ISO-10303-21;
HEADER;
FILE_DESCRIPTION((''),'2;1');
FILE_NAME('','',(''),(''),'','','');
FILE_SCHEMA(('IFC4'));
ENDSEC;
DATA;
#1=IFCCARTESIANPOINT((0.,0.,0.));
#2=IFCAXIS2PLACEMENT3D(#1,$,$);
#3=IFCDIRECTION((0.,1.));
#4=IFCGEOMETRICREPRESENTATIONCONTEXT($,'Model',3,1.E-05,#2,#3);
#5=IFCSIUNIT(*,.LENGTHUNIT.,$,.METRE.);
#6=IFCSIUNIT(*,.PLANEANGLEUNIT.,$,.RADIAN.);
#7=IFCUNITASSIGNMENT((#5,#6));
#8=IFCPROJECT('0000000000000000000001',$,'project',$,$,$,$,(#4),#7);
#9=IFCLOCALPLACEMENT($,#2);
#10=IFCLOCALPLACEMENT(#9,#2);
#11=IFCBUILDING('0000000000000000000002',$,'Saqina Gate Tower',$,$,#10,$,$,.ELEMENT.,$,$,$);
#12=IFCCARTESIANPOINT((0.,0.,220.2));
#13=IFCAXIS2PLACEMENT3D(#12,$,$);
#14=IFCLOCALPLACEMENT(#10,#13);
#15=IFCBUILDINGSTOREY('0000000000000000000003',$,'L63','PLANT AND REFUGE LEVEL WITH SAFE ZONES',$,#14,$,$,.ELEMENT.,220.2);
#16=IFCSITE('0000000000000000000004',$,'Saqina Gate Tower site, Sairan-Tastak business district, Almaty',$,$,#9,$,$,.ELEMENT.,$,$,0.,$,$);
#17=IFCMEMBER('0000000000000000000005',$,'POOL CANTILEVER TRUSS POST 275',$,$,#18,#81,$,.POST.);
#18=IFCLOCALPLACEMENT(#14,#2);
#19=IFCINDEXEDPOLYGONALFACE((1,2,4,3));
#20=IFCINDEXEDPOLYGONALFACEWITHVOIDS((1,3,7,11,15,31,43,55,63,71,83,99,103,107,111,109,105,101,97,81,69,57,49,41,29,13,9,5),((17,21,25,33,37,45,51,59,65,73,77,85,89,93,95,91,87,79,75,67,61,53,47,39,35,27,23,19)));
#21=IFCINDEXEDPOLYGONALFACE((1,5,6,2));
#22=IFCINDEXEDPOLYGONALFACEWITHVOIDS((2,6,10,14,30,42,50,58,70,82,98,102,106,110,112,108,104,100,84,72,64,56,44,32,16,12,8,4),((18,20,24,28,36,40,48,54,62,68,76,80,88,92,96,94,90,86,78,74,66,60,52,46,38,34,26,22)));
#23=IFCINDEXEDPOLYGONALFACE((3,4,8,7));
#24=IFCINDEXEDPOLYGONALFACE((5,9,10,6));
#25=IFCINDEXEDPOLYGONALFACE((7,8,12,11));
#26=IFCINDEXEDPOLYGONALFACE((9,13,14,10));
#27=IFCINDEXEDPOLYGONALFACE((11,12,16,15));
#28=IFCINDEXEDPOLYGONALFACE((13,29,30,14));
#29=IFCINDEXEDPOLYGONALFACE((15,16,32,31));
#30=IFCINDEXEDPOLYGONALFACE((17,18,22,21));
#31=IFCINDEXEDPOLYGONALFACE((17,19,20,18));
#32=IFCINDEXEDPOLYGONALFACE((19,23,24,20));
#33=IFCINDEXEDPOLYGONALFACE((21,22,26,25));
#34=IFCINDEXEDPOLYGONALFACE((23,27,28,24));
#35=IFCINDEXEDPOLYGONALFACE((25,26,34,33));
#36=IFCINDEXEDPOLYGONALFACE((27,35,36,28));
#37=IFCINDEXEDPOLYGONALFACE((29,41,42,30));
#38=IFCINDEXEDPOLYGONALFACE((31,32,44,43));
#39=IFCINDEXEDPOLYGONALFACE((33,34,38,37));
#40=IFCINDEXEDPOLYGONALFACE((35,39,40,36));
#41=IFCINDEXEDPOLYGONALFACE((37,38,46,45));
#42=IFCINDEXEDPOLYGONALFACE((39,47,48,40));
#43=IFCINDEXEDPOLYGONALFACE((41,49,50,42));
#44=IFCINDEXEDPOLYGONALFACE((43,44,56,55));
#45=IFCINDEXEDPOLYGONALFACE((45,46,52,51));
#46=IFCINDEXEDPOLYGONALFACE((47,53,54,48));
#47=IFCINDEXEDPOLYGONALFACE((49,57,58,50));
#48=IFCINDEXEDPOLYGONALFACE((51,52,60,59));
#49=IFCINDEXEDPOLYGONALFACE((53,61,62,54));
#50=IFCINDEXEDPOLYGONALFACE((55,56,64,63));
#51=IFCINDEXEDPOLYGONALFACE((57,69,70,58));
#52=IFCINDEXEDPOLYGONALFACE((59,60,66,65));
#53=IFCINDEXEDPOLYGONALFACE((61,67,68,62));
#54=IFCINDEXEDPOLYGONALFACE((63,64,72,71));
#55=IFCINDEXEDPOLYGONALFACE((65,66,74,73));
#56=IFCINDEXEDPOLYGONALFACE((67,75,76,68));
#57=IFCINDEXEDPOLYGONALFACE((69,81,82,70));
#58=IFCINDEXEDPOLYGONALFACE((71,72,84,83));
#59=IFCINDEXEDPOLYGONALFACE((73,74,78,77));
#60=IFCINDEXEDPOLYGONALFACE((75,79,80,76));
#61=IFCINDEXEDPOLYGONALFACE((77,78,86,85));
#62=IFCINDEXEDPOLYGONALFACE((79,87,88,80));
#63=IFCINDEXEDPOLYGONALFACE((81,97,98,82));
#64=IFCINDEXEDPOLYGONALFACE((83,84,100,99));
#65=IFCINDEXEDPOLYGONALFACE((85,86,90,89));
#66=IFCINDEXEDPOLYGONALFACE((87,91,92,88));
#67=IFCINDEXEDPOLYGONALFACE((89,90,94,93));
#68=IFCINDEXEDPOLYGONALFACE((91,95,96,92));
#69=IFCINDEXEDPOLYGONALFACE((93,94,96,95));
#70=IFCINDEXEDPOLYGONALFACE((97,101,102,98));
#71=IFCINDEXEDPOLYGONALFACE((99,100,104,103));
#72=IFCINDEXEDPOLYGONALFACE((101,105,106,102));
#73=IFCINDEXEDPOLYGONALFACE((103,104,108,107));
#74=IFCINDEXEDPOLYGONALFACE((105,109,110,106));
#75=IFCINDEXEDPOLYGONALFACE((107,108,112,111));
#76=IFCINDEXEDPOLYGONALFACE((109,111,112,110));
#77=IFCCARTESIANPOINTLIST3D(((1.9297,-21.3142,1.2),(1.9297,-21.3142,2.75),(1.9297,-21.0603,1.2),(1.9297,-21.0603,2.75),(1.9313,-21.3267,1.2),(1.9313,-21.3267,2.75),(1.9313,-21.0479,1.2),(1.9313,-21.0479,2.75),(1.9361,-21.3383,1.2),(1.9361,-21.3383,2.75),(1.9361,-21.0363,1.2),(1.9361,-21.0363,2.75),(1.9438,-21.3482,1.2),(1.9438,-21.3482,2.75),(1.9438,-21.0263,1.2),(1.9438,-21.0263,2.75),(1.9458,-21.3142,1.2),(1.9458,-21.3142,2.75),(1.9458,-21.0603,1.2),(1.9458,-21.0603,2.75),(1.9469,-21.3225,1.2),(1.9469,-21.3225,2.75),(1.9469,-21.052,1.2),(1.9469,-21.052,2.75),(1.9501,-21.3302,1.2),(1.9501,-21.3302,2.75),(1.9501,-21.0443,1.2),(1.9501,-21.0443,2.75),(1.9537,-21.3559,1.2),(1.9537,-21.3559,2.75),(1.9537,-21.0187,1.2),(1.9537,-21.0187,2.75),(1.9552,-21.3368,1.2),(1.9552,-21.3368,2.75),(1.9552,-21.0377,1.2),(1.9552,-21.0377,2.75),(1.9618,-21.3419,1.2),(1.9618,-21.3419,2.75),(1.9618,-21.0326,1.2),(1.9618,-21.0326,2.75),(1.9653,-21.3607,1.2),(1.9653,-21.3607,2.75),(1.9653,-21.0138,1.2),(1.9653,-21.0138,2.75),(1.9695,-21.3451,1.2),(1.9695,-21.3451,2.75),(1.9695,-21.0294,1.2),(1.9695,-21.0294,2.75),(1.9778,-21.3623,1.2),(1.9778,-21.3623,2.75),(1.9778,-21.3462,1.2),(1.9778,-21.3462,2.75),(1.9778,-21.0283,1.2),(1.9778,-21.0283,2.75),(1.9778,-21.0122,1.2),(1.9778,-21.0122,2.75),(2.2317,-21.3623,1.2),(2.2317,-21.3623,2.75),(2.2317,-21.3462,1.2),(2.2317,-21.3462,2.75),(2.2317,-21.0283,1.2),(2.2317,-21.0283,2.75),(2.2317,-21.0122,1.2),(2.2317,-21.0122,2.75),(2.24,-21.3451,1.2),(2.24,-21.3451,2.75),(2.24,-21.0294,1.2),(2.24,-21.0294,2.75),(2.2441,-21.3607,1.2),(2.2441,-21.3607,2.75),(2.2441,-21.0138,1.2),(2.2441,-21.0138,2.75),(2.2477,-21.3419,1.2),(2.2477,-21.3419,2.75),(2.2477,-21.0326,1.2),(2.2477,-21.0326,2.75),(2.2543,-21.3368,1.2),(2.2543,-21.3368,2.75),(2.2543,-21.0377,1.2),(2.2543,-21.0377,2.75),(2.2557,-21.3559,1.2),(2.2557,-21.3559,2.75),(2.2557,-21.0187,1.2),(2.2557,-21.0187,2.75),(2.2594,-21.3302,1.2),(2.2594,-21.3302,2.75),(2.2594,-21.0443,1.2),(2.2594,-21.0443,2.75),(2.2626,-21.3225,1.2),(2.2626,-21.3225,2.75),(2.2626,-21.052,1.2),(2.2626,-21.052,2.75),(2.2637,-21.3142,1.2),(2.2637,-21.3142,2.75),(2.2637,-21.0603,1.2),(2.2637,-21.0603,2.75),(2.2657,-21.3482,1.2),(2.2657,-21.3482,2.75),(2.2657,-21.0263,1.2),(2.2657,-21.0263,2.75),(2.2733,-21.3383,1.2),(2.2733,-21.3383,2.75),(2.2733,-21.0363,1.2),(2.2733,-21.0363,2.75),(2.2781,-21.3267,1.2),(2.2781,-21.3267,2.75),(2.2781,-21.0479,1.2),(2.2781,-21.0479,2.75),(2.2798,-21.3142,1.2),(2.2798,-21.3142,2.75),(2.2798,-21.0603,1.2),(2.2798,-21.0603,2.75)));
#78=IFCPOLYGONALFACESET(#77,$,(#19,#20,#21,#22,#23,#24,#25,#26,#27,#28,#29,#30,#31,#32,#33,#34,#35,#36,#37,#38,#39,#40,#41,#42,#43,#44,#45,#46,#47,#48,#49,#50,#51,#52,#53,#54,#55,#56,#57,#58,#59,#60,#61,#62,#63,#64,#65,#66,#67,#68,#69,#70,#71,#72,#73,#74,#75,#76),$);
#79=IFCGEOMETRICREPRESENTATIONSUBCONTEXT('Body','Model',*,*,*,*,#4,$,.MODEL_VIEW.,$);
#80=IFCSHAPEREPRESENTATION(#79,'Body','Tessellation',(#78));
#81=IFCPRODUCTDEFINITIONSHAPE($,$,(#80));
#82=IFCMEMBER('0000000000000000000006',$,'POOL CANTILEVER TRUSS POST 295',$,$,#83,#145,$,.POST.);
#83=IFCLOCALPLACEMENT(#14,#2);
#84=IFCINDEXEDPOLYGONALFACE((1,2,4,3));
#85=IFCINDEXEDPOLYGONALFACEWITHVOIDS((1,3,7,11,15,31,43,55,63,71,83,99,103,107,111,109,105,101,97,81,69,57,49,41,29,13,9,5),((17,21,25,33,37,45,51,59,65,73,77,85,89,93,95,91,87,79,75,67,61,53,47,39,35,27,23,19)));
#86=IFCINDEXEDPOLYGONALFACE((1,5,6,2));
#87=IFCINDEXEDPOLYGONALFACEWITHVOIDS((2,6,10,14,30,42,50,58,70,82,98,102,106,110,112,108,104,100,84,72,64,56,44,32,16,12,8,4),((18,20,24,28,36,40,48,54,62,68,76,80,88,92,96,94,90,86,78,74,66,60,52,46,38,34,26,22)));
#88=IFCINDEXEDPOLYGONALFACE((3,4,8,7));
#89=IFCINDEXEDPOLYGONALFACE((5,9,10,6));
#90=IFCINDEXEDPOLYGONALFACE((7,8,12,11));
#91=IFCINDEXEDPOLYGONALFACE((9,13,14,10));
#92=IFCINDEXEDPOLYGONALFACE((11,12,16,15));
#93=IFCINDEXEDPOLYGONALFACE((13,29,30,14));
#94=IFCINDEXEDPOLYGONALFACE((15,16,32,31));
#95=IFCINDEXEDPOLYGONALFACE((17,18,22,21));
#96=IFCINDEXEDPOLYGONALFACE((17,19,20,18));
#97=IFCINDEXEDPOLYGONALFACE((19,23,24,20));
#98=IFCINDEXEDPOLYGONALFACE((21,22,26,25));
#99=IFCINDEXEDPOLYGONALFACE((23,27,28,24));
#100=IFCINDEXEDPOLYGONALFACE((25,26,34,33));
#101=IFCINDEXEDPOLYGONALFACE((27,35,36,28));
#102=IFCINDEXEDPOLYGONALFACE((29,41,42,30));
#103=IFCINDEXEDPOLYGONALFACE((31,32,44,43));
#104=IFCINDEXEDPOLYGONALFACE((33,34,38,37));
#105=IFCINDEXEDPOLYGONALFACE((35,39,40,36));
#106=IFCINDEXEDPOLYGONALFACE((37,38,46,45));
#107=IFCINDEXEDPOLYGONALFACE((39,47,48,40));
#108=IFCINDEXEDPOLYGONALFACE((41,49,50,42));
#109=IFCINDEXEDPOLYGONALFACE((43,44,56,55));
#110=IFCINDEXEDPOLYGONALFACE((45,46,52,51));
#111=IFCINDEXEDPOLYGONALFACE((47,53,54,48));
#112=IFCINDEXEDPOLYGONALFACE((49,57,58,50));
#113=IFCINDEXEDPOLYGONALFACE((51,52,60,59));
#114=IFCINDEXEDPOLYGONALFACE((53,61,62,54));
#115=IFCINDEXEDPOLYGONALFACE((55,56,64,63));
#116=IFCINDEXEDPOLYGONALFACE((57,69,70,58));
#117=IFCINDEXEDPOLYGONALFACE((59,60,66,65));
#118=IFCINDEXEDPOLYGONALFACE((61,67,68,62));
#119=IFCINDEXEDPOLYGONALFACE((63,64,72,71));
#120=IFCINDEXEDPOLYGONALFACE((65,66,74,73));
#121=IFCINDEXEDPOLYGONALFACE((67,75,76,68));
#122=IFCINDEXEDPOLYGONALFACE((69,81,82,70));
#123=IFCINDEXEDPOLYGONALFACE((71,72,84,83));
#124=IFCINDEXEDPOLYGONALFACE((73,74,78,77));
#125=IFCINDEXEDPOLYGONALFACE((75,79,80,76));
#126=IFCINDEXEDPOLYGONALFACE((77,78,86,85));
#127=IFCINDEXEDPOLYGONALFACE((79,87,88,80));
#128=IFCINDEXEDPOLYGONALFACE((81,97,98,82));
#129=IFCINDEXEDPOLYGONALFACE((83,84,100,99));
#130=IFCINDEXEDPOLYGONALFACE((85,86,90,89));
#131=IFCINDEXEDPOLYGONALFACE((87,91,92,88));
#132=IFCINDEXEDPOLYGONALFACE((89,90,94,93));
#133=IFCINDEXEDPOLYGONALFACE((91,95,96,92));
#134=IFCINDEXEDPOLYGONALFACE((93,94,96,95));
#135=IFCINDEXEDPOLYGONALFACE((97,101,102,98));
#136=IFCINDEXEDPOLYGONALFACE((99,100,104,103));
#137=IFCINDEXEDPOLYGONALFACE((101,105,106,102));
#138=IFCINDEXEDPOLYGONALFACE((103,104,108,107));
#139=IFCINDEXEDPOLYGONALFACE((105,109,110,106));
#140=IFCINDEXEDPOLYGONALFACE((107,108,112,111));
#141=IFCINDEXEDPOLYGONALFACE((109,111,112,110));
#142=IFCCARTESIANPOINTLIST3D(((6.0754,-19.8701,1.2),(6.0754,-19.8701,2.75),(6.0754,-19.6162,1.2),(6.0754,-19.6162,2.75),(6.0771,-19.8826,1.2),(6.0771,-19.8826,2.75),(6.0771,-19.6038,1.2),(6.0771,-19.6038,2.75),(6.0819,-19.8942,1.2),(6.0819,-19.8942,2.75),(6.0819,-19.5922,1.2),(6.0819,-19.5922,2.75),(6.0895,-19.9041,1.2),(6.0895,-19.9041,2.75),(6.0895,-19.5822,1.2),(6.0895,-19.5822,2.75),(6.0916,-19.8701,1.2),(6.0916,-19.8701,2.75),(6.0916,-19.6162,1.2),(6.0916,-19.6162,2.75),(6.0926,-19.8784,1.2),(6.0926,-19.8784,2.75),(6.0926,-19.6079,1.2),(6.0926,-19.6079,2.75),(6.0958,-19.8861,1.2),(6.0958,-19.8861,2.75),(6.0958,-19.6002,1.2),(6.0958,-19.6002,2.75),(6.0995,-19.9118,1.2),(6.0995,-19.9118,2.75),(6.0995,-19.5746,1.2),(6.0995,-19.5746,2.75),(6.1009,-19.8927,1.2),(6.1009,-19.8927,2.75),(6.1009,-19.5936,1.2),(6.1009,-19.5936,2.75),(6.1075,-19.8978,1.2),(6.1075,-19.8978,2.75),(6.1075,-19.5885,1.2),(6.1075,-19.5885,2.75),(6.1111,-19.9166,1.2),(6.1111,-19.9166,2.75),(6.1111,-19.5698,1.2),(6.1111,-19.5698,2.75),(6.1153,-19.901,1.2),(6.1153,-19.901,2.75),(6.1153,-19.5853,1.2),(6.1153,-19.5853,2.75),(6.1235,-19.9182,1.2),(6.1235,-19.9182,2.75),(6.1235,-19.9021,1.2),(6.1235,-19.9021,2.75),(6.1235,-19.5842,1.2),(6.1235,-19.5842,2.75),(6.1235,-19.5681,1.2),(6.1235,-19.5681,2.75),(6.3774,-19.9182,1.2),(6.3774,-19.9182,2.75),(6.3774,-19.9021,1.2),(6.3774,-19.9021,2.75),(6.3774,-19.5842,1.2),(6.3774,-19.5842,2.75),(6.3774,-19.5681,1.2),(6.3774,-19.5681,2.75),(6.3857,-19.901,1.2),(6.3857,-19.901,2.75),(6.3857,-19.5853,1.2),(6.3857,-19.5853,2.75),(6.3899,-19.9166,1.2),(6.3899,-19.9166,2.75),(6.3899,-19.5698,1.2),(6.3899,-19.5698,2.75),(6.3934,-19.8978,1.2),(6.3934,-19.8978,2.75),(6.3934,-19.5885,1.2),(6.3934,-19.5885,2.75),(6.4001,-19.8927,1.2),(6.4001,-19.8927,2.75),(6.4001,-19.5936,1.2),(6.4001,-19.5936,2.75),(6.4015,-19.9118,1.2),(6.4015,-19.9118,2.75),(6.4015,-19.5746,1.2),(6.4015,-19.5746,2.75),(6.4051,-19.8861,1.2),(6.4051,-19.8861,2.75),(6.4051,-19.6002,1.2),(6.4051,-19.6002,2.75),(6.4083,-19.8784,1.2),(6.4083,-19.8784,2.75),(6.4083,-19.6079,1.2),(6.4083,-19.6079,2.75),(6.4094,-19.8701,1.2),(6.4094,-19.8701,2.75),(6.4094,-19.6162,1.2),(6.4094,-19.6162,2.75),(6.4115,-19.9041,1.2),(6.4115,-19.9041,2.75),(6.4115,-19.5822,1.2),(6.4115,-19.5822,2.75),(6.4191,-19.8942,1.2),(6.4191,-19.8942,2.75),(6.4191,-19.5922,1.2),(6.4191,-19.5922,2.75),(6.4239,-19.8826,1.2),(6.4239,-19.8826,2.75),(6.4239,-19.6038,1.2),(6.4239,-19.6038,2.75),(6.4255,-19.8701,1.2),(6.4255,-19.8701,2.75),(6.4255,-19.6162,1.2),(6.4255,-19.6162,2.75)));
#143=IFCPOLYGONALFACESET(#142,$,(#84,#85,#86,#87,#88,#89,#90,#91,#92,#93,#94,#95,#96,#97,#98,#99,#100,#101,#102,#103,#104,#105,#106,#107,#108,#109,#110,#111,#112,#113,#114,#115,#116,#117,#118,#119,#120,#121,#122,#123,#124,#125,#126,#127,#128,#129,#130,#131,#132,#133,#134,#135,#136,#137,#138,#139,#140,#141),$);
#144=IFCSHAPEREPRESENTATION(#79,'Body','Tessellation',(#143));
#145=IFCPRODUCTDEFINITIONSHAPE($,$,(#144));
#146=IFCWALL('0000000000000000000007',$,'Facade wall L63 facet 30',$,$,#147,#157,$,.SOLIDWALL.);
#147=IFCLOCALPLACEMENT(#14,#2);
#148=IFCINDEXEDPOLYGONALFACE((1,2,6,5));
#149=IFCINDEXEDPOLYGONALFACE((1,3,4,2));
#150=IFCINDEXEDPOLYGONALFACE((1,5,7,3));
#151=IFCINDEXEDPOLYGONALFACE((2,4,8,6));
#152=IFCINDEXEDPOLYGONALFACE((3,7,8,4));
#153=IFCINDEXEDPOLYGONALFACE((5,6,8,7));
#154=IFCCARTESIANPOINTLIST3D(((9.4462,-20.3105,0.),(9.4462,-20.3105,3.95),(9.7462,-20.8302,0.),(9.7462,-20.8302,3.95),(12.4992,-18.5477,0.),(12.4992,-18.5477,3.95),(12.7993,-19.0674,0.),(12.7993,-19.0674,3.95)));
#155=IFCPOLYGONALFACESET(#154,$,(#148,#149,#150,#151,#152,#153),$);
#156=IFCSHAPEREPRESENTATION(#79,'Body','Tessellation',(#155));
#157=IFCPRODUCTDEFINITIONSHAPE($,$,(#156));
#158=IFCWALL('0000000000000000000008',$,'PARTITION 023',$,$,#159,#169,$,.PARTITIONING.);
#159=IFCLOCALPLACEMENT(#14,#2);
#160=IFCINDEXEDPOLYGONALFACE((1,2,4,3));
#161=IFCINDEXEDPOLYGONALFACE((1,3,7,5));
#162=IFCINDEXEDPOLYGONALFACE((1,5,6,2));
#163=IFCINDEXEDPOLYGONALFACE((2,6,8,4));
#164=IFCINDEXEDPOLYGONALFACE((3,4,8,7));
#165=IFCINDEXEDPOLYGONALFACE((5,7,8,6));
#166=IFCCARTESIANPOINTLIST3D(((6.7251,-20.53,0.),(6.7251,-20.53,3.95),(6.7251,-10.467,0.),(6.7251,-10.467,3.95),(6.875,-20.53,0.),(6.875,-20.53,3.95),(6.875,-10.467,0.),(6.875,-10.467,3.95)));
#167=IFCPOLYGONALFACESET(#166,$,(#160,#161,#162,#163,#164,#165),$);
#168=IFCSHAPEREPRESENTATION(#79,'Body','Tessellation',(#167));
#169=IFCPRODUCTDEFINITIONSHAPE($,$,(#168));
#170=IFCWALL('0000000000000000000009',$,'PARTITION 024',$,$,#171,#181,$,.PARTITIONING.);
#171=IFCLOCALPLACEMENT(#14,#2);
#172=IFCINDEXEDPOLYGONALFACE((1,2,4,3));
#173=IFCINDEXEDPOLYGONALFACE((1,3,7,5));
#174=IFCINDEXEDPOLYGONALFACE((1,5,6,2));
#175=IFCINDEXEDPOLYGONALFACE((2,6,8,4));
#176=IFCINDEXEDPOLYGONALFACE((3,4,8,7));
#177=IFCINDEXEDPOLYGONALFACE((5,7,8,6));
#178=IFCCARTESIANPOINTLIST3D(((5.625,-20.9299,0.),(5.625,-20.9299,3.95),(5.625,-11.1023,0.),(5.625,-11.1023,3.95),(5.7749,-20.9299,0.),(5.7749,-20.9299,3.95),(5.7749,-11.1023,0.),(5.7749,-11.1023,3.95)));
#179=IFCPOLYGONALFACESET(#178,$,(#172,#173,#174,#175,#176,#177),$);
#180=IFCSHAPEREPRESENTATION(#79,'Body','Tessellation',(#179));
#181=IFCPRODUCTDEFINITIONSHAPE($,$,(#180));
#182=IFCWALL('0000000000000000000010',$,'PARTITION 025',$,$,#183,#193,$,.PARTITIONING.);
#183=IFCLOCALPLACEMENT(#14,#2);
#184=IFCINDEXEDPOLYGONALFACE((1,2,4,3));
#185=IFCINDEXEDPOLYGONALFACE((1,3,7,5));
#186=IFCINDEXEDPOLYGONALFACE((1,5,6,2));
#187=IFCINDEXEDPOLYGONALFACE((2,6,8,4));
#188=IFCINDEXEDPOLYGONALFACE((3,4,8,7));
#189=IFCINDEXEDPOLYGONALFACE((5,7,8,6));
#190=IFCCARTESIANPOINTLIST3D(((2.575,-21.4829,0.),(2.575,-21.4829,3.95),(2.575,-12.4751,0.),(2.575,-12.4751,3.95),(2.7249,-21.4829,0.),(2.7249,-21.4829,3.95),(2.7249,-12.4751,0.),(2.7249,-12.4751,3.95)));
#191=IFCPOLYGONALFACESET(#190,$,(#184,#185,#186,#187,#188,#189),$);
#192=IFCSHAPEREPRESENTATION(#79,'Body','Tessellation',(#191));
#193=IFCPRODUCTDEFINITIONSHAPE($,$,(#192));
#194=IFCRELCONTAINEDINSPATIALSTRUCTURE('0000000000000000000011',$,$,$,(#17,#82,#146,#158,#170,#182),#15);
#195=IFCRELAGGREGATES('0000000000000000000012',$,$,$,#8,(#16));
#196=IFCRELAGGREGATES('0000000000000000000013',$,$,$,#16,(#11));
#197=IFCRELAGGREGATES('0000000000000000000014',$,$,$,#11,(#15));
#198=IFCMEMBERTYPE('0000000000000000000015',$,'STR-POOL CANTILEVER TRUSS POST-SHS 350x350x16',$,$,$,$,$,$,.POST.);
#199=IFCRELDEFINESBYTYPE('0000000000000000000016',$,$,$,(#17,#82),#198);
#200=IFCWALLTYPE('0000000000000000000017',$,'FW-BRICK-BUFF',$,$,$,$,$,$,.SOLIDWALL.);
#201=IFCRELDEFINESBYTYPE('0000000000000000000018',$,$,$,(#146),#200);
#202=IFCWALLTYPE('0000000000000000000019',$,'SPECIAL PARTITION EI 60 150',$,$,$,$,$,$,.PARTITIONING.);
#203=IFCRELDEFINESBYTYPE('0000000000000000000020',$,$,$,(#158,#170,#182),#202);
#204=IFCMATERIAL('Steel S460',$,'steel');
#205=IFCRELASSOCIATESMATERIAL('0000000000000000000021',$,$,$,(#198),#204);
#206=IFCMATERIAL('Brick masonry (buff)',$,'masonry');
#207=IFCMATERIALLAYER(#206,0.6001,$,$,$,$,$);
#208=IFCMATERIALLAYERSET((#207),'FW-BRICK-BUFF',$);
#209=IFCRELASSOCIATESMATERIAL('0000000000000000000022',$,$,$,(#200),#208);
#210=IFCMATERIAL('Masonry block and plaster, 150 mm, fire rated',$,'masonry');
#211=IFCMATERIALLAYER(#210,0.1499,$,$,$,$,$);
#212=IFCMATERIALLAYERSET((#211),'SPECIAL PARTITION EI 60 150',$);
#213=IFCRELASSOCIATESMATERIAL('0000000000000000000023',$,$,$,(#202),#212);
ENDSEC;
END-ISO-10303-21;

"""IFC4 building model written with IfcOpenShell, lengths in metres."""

from ifc_helpers import new_model, si_unit, direction, frame, frame_2d, origin, origin_2d, place, context, subcontext, project, spatial, rectangle, hollow_rectangle, extrude, material, layer, layer_set, material_profile, profile_set, type_object, element, save


model = new_model("IFC4")

# Units and contexts
model_context = context("Model", 3, precision=1e-05, world=origin(), true_north=direction((0.0, 1.0)))
body_context = subcontext(model_context, "Body", "Model", "MODEL_VIEW")
ifc_project = project(units=[si_unit("LENGTHUNIT", "METRE"), si_unit("PLANEANGLEUNIT", "RADIAN")], contexts=[model_context])

# Site, building, storey
site_placement = place(None, origin())
site = spatial("IfcSite", under=ifc_project, at=site_placement, Name="Saqina Gate Tower site, Sairan-Tastak business district, Almaty", CompositionType="ELEMENT", RefElevation=0.0)
building_placement = place(site_placement, origin())
building = spatial("IfcBuilding", under=site, at=building_placement, Name="Saqina Gate Tower", CompositionType="ELEMENT")
storey_placement = place(building_placement, frame((0.0, 0.0, 220.2)))
storey = spatial("IfcBuildingStorey", under=building, at=storey_placement, Name="L63", Description="PLANT AND REFUGE LEVEL WITH SAFE ZONES", CompositionType="ELEMENT", Elevation=220.2)

# Members
ifc_material_1 = material(Name="Steel S460", Category="steel")
ifc_material_profile_1 = material_profile(ifc_material_1, hollow_rectangle(XDim=0.3501, YDim=0.3501, WallThickness=0.0161, InnerFilletRadius=0.032, OuterFilletRadius=0.0481, at=origin_2d()), Name="SHS 350x350x16")
ifc_profile_set_1 = profile_set([ifc_material_profile_1], Name="Steel S460")
member_type_1 = type_object("IfcMemberType", Name="STR-POOL CANTILEVER TRUSS POST-SHS 350x350x16", PredefinedType="POST", material=ifc_profile_set_1)
for number, where, z_axis, x_axis, name in (
    (1, (2.1047, -21.1873, 1.2), (0.0, 0.0, 1.0), (1.0, 0.0, 0.0), "POOL CANTILEVER TRUSS POST 275"),
    (2, (6.2505, -19.7432, 1.2), (0.0, 0.0, 1.0), (1.0, 0.0, 0.0), "POOL CANTILEVER TRUSS POST 295"),
):
    element("IfcMember", number, at=place(storey_placement, frame(where, z_axis=z_axis, x_axis=x_axis)), inside=storey, type_object=member_type_1, Name=name, PredefinedType="POST", context=body_context, shape_type="SweptSolid", body=[
        extrude(hollow_rectangle(XDim=0.3501, YDim=0.3501, WallThickness=0.0161, InnerFilletRadius=0.032, OuterFilletRadius=0.0481, at=origin_2d()), origin(), (0.0, 0.0, 1.0), 1.55),
    ])

# Walls
ifc_material_2 = material(Name="Brick masonry (buff)", Category="masonry")
ifc_layer_1 = layer(ifc_material_2, 0.6001)
ifc_layer_set_1 = layer_set([ifc_layer_1], Name="FW-BRICK-BUFF")
wall_type_1 = type_object("IfcWallType", Name="FW-BRICK-BUFF", PredefinedType="SOLIDWALL", material=ifc_layer_set_1)
wall_1_placement = place(storey_placement, frame((9.5962, -20.5703, 0.0), z_axis=(0.0, 0.0, 1.0), x_axis=(0.866018, 0.500012, 0.0)))
element("IfcWall", 3, at=wall_1_placement, inside=storey, type_object=wall_type_1, Name="Facade wall L63 facet 30", PredefinedType="SOLIDWALL", context=body_context, shape_type="SweptSolid", body=[
    extrude(rectangle(XDim=3.5254, YDim=0.6001, at=frame_2d((1.7627, 0.0))), origin(), (0.0, 0.0, 1.0), 3.95),
])
ifc_material_3 = material(Name="Masonry block and plaster, 150 mm, fire rated", Category="masonry")
ifc_layer_2 = layer(ifc_material_3, 0.1499)
ifc_layer_set_2 = layer_set([ifc_layer_2], Name="SPECIAL PARTITION EI 60 150")
wall_type_2 = type_object("IfcWallType", Name="SPECIAL PARTITION EI 60 150", PredefinedType="PARTITIONING", material=ifc_layer_set_2)
wall_2_placement = place(storey_placement, frame((6.8, -20.53, 0.0), z_axis=(0.0, 0.0, 1.0), x_axis=(0.0, 1.0, 0.0)))
element("IfcWall", 4, at=wall_2_placement, inside=storey, type_object=wall_type_2, Name="PARTITION 023", PredefinedType="PARTITIONING", context=body_context, shape_type="SweptSolid", body=[
    extrude(rectangle(XDim=10.063, YDim=0.1499, at=frame_2d((5.0315, 0.0))), origin(), (0.0, 0.0, 1.0), 3.95),
])
wall_3_placement = place(storey_placement, frame((5.7, -20.9299, 0.0), z_axis=(0.0, 0.0, 1.0), x_axis=(0.0, 1.0, 0.0)))
element("IfcWall", 5, at=wall_3_placement, inside=storey, type_object=wall_type_2, Name="PARTITION 024", PredefinedType="PARTITIONING", context=body_context, shape_type="SweptSolid", body=[
    extrude(rectangle(XDim=9.8276, YDim=0.1499, at=frame_2d((4.9138, 0.0))), origin(), (0.0, 0.0, 1.0), 3.95),
])
wall_4_placement = place(storey_placement, frame((2.6499, -21.4829, 0.0), z_axis=(0.0, 0.0, 1.0), x_axis=(0.0, 1.0, 0.0)))
element("IfcWall", 6, at=wall_4_placement, inside=storey, type_object=wall_type_2, Name="PARTITION 025", PredefinedType="PARTITIONING", context=body_context, shape_type="SweptSolid", body=[
    extrude(rectangle(XDim=9.0078, YDim=0.1499, at=frame_2d((4.5039, 0.0))), origin(), (0.0, 0.0, 1.0), 3.95),
])

save(model, "model.ifc")
